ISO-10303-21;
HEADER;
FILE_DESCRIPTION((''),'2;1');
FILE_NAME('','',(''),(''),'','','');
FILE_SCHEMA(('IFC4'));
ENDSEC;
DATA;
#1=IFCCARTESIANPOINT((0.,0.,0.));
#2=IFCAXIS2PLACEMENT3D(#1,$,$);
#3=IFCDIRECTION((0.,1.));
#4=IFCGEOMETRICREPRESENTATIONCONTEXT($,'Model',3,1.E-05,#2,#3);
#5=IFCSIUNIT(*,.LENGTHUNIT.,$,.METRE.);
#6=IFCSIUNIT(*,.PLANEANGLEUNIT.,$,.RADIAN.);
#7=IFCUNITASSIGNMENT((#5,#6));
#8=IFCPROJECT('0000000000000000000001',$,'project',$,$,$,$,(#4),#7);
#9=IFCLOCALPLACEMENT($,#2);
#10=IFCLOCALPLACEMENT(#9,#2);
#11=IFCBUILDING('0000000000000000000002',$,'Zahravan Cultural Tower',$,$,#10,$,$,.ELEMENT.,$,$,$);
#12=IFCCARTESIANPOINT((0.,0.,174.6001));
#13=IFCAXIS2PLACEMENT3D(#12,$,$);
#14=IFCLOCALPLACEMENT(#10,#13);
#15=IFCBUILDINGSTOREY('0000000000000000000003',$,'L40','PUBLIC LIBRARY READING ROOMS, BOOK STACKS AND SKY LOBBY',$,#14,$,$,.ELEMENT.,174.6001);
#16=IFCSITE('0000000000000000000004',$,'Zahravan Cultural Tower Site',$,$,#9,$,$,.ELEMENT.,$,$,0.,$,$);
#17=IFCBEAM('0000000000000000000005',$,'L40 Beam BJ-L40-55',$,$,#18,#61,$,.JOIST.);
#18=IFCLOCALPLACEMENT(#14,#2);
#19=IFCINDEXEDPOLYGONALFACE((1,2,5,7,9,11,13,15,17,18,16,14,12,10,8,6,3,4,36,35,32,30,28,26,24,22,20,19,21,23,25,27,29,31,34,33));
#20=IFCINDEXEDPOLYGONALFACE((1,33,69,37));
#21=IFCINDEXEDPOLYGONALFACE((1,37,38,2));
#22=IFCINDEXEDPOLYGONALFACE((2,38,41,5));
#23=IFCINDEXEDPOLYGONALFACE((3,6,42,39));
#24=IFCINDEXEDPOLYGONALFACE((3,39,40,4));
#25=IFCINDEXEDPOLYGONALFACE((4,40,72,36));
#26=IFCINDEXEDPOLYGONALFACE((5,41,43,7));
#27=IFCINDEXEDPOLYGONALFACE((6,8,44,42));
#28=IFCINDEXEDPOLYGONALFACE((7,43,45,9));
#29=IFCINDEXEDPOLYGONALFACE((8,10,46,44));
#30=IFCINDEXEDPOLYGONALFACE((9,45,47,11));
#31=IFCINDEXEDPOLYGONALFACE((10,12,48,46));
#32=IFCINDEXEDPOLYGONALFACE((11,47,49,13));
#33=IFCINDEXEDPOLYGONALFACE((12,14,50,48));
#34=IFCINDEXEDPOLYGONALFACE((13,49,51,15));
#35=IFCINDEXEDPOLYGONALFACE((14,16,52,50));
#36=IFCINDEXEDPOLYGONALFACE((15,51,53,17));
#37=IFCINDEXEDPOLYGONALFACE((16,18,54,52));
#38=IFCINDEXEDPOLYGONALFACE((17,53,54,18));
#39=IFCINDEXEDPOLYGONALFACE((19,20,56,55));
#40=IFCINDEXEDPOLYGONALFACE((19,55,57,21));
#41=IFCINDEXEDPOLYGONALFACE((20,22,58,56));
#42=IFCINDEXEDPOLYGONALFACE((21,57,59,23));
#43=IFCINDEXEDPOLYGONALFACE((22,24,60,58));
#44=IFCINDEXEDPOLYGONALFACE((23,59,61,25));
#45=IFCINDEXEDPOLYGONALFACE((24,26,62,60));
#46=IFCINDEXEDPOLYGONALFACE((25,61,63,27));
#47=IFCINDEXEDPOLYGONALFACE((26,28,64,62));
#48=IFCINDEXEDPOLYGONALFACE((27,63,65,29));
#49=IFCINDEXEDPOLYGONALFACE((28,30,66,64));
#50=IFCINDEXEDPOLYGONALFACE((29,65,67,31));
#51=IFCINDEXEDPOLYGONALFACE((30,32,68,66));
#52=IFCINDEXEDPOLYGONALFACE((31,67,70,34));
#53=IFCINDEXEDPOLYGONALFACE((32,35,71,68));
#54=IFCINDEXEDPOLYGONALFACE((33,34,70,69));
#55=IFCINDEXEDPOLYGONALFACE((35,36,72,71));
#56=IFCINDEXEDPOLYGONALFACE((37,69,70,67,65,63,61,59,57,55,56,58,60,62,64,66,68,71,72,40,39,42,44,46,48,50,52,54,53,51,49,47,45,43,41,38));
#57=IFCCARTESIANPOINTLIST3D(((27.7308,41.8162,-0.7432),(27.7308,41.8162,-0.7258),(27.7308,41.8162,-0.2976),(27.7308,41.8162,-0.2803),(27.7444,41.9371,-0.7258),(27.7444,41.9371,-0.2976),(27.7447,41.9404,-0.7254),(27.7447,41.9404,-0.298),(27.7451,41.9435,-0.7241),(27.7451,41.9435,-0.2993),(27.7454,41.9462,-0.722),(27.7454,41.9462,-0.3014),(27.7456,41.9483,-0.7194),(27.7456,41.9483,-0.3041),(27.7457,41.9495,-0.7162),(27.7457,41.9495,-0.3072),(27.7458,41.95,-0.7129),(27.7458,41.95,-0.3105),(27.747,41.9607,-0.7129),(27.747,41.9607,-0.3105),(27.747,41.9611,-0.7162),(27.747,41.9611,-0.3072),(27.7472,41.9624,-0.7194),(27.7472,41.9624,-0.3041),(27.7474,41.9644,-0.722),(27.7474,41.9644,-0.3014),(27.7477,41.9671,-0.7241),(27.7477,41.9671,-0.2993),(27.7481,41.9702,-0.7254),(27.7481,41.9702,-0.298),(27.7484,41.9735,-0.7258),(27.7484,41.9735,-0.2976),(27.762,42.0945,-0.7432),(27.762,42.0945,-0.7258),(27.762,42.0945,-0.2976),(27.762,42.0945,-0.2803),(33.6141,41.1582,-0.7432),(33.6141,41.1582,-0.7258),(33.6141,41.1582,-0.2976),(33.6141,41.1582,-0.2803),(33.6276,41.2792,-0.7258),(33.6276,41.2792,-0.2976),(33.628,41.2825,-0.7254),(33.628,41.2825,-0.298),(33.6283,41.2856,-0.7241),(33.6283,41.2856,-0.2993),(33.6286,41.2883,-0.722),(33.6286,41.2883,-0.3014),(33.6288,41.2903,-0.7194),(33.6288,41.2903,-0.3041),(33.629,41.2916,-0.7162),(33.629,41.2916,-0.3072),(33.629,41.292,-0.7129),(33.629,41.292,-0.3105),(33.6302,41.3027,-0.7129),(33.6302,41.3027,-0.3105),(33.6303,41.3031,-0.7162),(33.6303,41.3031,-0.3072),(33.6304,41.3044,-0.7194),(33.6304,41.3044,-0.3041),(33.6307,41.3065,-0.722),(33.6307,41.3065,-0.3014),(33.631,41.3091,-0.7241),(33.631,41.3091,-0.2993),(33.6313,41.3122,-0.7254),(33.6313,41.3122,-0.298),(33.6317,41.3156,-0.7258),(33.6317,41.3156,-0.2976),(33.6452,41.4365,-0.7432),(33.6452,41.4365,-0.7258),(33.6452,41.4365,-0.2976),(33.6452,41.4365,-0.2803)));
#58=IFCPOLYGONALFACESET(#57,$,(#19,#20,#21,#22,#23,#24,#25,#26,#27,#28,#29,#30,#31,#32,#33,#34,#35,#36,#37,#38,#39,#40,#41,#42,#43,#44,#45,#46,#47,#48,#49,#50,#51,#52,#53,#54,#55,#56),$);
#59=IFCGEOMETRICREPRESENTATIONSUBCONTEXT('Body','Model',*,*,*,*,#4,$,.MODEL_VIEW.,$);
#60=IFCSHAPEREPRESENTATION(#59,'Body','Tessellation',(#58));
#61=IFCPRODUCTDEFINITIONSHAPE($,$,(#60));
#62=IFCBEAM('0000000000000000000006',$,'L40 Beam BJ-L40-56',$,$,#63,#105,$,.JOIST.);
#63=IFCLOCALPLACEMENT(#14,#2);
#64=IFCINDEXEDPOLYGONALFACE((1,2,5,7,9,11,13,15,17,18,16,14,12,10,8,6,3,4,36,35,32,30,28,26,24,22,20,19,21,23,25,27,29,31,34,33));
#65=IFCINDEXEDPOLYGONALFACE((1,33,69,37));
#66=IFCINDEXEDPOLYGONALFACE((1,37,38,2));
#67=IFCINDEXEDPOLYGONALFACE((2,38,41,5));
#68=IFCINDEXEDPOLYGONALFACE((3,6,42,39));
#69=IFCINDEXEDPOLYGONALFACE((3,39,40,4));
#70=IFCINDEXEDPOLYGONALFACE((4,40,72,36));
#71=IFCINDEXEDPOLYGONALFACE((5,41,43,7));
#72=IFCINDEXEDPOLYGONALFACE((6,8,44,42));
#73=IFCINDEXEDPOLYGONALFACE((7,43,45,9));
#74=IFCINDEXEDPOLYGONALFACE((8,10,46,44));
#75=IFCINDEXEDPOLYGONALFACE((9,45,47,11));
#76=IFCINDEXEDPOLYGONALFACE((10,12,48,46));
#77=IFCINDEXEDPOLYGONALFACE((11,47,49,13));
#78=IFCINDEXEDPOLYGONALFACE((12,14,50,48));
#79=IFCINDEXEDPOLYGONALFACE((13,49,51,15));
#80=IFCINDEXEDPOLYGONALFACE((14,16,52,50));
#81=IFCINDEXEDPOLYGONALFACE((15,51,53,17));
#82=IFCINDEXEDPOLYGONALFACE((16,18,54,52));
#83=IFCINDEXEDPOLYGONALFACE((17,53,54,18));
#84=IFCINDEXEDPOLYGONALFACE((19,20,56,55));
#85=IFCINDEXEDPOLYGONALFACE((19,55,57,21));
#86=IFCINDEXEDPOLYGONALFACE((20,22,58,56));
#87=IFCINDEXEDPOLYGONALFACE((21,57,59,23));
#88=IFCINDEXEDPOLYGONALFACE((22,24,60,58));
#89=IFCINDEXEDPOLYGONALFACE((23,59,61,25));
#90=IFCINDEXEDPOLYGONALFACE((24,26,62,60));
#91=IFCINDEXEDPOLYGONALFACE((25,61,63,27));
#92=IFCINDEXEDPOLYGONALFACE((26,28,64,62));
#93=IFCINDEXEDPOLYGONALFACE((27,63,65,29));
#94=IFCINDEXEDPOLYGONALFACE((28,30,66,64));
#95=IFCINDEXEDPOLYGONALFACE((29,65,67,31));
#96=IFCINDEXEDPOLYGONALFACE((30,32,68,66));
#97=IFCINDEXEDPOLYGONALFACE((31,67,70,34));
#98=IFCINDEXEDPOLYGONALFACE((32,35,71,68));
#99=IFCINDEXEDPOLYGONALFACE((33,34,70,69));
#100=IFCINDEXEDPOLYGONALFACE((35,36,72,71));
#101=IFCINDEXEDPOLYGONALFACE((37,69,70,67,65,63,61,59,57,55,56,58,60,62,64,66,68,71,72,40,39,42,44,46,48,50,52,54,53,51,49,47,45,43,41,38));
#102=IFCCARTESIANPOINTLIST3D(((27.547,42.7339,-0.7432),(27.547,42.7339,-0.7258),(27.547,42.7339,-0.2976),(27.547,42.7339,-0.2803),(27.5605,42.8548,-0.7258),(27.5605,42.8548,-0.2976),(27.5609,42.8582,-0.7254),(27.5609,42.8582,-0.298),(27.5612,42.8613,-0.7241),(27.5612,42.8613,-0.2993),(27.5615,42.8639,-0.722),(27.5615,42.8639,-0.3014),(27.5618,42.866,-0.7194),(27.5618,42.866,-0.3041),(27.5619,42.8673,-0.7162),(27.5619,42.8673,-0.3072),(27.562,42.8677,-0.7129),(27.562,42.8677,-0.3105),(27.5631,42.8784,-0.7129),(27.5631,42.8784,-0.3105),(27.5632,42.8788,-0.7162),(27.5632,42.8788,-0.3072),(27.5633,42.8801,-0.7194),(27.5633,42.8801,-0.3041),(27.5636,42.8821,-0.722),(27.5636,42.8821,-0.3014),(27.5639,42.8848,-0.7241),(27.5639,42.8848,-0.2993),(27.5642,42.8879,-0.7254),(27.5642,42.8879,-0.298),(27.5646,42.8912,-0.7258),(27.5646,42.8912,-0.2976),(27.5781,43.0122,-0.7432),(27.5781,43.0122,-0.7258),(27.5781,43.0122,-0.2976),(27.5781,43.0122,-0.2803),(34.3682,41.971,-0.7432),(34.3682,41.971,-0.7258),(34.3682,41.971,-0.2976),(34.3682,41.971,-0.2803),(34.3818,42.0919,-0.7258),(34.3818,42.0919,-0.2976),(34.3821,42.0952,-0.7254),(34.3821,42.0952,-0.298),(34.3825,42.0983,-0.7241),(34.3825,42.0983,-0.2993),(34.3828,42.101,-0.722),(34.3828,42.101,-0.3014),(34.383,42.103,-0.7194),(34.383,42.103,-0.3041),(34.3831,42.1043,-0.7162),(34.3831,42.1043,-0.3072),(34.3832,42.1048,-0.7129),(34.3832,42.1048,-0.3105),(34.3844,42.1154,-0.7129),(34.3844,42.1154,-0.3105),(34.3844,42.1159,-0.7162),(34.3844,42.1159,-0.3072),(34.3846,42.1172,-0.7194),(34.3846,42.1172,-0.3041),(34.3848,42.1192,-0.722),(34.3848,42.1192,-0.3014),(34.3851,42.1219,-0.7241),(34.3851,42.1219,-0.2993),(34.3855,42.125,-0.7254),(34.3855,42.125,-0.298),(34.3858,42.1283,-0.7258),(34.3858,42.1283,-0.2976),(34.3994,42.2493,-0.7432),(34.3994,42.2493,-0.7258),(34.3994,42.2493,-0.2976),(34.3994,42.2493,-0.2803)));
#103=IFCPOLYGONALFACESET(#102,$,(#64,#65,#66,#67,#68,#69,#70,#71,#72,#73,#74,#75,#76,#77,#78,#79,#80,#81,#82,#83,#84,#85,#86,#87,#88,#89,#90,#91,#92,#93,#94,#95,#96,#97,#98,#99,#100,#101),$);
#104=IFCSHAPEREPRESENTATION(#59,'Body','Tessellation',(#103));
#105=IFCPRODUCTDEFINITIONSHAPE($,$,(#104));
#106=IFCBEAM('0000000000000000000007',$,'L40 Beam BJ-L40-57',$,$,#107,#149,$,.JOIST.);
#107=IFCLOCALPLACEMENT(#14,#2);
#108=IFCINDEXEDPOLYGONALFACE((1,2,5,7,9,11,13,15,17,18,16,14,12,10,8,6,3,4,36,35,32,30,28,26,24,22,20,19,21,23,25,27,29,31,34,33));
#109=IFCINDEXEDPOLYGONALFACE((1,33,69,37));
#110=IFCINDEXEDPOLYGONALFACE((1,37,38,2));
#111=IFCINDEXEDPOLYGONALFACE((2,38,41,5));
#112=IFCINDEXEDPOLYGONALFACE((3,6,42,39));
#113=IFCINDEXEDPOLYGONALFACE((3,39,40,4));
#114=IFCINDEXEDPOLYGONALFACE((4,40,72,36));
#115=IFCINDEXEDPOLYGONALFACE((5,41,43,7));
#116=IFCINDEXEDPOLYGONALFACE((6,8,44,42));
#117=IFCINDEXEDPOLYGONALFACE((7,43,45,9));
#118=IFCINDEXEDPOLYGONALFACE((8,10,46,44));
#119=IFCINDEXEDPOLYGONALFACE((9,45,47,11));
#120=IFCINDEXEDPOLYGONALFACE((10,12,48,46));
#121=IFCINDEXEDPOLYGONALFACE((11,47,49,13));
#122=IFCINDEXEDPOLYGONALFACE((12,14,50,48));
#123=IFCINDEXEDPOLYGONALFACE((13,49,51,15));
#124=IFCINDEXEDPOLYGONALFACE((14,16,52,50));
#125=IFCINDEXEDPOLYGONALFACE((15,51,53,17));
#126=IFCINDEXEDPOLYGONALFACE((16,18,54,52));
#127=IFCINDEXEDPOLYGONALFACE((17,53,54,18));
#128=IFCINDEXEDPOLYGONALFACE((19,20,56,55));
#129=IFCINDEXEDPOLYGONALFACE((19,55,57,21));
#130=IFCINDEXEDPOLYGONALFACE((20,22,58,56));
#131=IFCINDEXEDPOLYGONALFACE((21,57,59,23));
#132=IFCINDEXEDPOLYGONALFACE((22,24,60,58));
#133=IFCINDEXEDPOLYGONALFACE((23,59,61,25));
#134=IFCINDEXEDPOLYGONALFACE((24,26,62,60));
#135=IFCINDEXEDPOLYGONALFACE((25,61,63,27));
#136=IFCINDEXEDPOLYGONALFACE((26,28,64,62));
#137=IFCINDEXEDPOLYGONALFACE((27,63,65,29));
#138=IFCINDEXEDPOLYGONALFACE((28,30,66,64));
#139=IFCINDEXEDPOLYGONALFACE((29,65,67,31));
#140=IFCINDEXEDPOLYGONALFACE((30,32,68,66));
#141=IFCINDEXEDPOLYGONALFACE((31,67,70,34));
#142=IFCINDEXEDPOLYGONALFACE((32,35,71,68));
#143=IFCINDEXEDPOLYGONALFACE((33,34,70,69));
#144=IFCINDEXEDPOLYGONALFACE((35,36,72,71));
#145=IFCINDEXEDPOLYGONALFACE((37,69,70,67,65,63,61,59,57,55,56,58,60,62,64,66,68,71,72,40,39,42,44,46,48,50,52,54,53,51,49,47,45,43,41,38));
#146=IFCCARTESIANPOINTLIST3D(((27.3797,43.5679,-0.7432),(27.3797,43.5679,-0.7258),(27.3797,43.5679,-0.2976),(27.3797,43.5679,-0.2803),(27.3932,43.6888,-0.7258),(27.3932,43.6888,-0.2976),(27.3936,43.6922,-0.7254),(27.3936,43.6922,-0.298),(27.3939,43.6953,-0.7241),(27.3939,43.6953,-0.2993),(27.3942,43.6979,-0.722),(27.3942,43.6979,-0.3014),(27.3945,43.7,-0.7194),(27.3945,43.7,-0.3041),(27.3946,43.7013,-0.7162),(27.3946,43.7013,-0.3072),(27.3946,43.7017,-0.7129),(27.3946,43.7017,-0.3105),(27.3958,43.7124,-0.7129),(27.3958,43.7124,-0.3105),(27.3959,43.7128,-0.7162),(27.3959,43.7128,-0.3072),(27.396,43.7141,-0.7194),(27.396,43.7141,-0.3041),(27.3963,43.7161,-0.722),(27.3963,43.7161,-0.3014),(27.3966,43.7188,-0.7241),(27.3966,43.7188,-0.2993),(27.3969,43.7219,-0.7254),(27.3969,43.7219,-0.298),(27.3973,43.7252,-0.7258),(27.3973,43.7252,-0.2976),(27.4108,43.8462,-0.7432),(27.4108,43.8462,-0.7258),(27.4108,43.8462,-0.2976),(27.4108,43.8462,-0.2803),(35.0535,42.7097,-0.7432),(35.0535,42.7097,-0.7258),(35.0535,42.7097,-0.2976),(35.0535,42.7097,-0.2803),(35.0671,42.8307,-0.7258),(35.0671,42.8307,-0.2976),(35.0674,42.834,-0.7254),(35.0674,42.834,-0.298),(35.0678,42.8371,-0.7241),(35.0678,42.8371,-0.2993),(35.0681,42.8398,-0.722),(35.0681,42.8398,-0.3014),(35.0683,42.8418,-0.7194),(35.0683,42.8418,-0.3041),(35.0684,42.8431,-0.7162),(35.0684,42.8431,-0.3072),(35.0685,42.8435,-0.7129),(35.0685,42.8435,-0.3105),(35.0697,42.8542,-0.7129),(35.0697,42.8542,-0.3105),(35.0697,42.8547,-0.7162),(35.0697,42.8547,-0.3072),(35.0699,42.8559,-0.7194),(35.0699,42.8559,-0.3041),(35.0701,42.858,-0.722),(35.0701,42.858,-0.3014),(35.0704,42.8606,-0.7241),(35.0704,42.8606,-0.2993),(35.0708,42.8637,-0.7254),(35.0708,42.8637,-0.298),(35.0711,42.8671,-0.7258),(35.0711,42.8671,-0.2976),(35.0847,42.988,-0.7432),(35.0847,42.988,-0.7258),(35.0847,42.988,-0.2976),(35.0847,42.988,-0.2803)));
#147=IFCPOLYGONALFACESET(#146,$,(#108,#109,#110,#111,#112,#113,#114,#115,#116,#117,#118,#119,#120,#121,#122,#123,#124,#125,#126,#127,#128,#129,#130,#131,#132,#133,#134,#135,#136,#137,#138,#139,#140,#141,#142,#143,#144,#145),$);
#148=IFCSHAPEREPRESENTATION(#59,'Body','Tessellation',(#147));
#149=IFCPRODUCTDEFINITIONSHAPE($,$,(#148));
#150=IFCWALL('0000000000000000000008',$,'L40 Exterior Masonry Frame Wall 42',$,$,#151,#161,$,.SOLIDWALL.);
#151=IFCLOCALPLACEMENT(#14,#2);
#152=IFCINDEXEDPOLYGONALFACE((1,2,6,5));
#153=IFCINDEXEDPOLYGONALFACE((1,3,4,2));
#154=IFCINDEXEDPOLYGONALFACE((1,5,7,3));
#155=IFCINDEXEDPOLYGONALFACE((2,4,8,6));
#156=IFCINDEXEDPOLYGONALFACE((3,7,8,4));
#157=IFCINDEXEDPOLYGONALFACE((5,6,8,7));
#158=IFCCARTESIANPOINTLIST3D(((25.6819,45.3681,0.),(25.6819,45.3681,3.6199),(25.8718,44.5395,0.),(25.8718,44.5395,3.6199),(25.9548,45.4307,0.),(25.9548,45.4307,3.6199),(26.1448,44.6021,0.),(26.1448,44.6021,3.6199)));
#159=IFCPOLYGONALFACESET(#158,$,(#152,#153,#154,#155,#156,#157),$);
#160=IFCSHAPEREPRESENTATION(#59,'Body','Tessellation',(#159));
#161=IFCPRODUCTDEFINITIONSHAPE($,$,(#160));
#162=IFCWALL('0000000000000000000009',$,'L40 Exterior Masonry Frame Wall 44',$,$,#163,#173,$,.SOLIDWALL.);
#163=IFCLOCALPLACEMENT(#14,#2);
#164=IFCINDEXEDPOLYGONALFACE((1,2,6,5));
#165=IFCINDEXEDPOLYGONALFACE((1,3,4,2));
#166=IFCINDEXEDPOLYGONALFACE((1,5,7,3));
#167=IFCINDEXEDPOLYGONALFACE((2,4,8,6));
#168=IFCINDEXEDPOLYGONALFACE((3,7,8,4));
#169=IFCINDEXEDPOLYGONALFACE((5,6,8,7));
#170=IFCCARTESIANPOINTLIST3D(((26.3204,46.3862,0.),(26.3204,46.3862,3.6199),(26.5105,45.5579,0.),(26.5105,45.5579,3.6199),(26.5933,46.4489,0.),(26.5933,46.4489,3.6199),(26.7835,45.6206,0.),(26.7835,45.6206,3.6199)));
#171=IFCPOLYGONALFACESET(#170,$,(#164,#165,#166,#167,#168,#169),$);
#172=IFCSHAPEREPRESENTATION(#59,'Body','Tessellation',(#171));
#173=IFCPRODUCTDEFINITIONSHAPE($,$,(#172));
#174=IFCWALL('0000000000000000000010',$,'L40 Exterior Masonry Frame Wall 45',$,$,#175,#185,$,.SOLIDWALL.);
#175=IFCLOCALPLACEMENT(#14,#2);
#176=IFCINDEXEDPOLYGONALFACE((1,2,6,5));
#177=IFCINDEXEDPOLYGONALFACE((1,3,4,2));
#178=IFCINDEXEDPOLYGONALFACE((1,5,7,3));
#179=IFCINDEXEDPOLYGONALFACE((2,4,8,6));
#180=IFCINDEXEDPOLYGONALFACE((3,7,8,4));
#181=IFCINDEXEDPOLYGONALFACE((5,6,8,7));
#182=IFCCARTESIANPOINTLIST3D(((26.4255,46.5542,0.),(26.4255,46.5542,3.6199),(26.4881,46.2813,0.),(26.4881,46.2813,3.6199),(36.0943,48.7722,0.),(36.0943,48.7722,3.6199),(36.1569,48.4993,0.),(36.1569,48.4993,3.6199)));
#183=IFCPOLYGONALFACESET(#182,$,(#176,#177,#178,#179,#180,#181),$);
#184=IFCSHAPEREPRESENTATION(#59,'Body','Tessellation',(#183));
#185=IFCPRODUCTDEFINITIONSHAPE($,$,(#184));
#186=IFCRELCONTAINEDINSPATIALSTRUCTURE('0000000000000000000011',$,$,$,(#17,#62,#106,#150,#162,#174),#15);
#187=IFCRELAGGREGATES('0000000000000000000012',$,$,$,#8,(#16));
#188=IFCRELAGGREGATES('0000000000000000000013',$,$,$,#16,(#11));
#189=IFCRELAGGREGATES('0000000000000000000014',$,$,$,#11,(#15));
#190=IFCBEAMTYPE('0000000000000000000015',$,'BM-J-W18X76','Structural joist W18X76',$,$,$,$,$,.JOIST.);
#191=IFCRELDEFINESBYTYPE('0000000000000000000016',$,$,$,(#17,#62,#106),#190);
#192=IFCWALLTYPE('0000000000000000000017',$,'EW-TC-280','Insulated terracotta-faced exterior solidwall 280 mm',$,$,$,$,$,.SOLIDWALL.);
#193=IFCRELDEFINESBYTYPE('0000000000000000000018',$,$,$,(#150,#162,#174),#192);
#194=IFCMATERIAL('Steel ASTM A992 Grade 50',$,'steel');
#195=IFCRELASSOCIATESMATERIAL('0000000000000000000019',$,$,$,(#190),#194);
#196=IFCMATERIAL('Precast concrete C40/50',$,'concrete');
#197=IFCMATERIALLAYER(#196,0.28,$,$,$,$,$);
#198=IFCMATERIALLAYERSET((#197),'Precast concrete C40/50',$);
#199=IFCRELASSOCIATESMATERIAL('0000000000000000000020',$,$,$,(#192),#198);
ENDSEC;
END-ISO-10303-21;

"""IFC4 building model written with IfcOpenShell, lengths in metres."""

from ifc_helpers import new_model, si_unit, direction, frame, frame_2d, origin, origin_2d, place, context, subcontext, project, spatial, rectangle, i_section, extrude, source, transform, mapped, material, layer, layer_set, material_profile, profile_set, type_object, element, save


model = new_model("IFC4")

# Units and contexts
model_context = context("Model", 3, precision=1e-05, world=origin(), true_north=direction((0.0, 1.0)))
body_context = subcontext(model_context, "Body", "Model", "MODEL_VIEW")
ifc_project = project(units=[si_unit("LENGTHUNIT", "METRE"), si_unit("PLANEANGLEUNIT", "RADIAN")], contexts=[model_context])

# Site, building, storey
site_placement = place(None, origin())
site = spatial("IfcSite", under=ifc_project, at=site_placement, Name="Zahravan Cultural Tower Site", CompositionType="ELEMENT", RefElevation=0.0)
building_placement = place(site_placement, origin())
building = spatial("IfcBuilding", under=site, at=building_placement, Name="Zahravan Cultural Tower", CompositionType="ELEMENT")
storey_placement = place(building_placement, frame((0.0, 0.0, 174.6001)))
storey = spatial("IfcBuildingStorey", under=building, at=storey_placement, Name="L40", Description="PUBLIC LIBRARY READING ROOMS, BOOK STACKS AND SKY LOBBY", CompositionType="ELEMENT", Elevation=174.6001)

# Shared definitions
ifc_material_1 = material(Name="Steel ASTM A992 Grade 50", Category="steel")

# Beams
ifc_material_profile_1 = material_profile(ifc_material_1, i_section(OverallWidth=0.28, OverallDepth=0.4629, WebThickness=0.0107, FlangeThickness=0.0173, FilletRadius=0.0129, at=origin_2d()), Name="W18X76")
ifc_profile_set_1 = profile_set([ifc_material_profile_1], Name="Steel ASTM A992 Grade 50")
beam_type_1 = type_object("IfcBeamType", Name="BM-J-W18X76", Description="Structural joist W18X76", PredefinedType="JOIST", material=ifc_profile_set_1)
shared_shape_1 = source(origin(), body_context, "Body", "SweptSolid", [
    extrude(i_section(OverallWidth=0.28, OverallDepth=0.4629, WebThickness=0.0107, FlangeThickness=0.0173, FilletRadius=0.0129, at=origin_2d()), origin(), (0.0, 0.0, 1.0), 5.9199),
])
beam_1_placement = place(storey_placement, frame((33.6296, 41.2974, -0.5117), z_axis=(-0.993805, 0.111142, 0.0), x_axis=(-0.111142, -0.993805, 0.0)))
element("IfcBeam", 1, at=beam_1_placement, inside=storey, type_object=beam_type_1, Name="L40 Beam BJ-L40-55", PredefinedType="JOIST", context=body_context, shape_type="MappedRepresentation", body=[
    mapped(shared_shape_1, transform((0.0, 0.0, 0.0), x_axis=(1.0, 0.0, 0.0), y_axis=(0.0, 1.0, 0.0), z_axis=(0.0, 0.0, 1.0), scale=1.0)),
])
shared_shape_2 = source(origin(), body_context, "Body", "SweptSolid", [
    extrude(i_section(OverallWidth=0.28, OverallDepth=0.4629, WebThickness=0.0107, FlangeThickness=0.0173, FilletRadius=0.0129, at=origin_2d()), origin(), (0.0, 0.0, 1.0), 6.8638),
])
beam_2_placement = place(storey_placement, frame((34.3838, 42.1101, -0.5117), z_axis=(-0.993803, 0.111154, 0.0), x_axis=(-0.111154, -0.993803, 0.0)))
element("IfcBeam", 2, at=beam_2_placement, inside=storey, type_object=beam_type_1, Name="L40 Beam BJ-L40-56", PredefinedType="JOIST", context=body_context, shape_type="MappedRepresentation", body=[
    mapped(shared_shape_2, transform((0.0, 0.0, 0.0), x_axis=(1.0, 0.0, 0.0), y_axis=(0.0, 1.0, 0.0), z_axis=(0.0, 0.0, 1.0), scale=1.0)),
])
shared_shape_3 = source(origin(), body_context, "Body", "SweptSolid", [
    extrude(i_section(OverallWidth=0.28, OverallDepth=0.4629, WebThickness=0.0107, FlangeThickness=0.0173, FilletRadius=0.0129, at=origin_2d()), origin(), (0.0, 0.0, 1.0), 7.7217),
])
beam_3_placement = place(storey_placement, frame((35.0691, 42.8489, -0.5117), z_axis=(-0.993805, 0.111136, 0.0), x_axis=(-0.111136, -0.993805, 0.0)))
element("IfcBeam", 3, at=beam_3_placement, inside=storey, type_object=beam_type_1, Name="L40 Beam BJ-L40-57", PredefinedType="JOIST", context=body_context, shape_type="MappedRepresentation", body=[
    mapped(shared_shape_3, transform((0.0, 0.0, 0.0), x_axis=(1.0, 0.0, 0.0), y_axis=(0.0, 1.0, 0.0), z_axis=(0.0, 0.0, 1.0), scale=1.0)),
])

# Walls
ifc_material_2 = material(Name="Precast concrete C40/50", Category="concrete")
ifc_layer_1 = layer(ifc_material_2, 0.28)
ifc_layer_set_1 = layer_set([ifc_layer_1], Name="Precast concrete C40/50")
wall_type_1 = type_object("IfcWallType", Name="EW-TC-280", Description="Insulated terracotta-faced exterior solidwall 280 mm", PredefinedType="SOLIDWALL", material=ifc_layer_set_1)
shared_shape_4 = source(origin(), body_context, "Body", "SweptSolid", [
    extrude(rectangle(XDim=0.8501, YDim=0.28, at=frame_2d((0.425, 0.0))), origin(), (0.0, 0.0, 1.0), 3.6199),
])
wall_1_placement = place(storey_placement, frame((26.0083, 44.5708, 0.0), z_axis=(0.0, 0.0, 1.0), x_axis=(-0.223433, 0.974719, 0.0)))
element("IfcWall", 4, at=wall_1_placement, inside=storey, type_object=wall_type_1, Name="L40 Exterior Masonry Frame Wall 42", PredefinedType="SOLIDWALL", context=body_context, shape_type="MappedRepresentation", body=[
    mapped(shared_shape_4, transform((0.0, 0.0, 0.0), x_axis=(1.0, 0.0, 0.0), y_axis=(0.0, 1.0, 0.0), z_axis=(0.0, 0.0, 1.0), scale=1.0)),
])
shared_shape_5 = source(origin(), body_context, "Body", "SweptSolid", [
    extrude(rectangle(XDim=0.8499, YDim=0.28, at=frame_2d((0.4248, 0.0))), origin(), (0.0, 0.0, 1.0), 3.6199),
])
wall_2_placement = place(storey_placement, frame((26.647, 45.5894, 0.0), z_axis=(0.0, 0.0, 1.0), x_axis=(-0.223768, 0.974642, 0.0)))
element("IfcWall", 5, at=wall_2_placement, inside=storey, type_object=wall_type_1, Name="L40 Exterior Masonry Frame Wall 44", PredefinedType="SOLIDWALL", context=body_context, shape_type="MappedRepresentation", body=[
    mapped(shared_shape_5, transform((0.0, 0.0, 0.0), x_axis=(1.0, 0.0, 0.0), y_axis=(0.0, 1.0, 0.0), z_axis=(0.0, 0.0, 1.0), scale=1.0)),
])
shared_shape_6 = source(origin(), body_context, "Body", "SweptSolid", [
    extrude(rectangle(XDim=9.9199, YDim=0.28, at=frame_2d((4.96, 0.0))), origin(), (0.0, 0.0, 1.0), 3.6199),
])
wall_3_placement = place(storey_placement, frame((26.4568, 46.4177, 0.0), z_axis=(0.0, 0.0, 1.0), x_axis=(0.974682, 0.223594, 0.0)))
element("IfcWall", 6, at=wall_3_placement, inside=storey, type_object=wall_type_1, Name="L40 Exterior Masonry Frame Wall 45", PredefinedType="SOLIDWALL", context=body_context, shape_type="MappedRepresentation", body=[
    mapped(shared_shape_6, transform((0.0, 0.0, 0.0), x_axis=(1.0, 0.0, 0.0), y_axis=(0.0, 1.0, 0.0), z_axis=(0.0, 0.0, 1.0), scale=1.0)),
])

save(model, "model.ifc")
